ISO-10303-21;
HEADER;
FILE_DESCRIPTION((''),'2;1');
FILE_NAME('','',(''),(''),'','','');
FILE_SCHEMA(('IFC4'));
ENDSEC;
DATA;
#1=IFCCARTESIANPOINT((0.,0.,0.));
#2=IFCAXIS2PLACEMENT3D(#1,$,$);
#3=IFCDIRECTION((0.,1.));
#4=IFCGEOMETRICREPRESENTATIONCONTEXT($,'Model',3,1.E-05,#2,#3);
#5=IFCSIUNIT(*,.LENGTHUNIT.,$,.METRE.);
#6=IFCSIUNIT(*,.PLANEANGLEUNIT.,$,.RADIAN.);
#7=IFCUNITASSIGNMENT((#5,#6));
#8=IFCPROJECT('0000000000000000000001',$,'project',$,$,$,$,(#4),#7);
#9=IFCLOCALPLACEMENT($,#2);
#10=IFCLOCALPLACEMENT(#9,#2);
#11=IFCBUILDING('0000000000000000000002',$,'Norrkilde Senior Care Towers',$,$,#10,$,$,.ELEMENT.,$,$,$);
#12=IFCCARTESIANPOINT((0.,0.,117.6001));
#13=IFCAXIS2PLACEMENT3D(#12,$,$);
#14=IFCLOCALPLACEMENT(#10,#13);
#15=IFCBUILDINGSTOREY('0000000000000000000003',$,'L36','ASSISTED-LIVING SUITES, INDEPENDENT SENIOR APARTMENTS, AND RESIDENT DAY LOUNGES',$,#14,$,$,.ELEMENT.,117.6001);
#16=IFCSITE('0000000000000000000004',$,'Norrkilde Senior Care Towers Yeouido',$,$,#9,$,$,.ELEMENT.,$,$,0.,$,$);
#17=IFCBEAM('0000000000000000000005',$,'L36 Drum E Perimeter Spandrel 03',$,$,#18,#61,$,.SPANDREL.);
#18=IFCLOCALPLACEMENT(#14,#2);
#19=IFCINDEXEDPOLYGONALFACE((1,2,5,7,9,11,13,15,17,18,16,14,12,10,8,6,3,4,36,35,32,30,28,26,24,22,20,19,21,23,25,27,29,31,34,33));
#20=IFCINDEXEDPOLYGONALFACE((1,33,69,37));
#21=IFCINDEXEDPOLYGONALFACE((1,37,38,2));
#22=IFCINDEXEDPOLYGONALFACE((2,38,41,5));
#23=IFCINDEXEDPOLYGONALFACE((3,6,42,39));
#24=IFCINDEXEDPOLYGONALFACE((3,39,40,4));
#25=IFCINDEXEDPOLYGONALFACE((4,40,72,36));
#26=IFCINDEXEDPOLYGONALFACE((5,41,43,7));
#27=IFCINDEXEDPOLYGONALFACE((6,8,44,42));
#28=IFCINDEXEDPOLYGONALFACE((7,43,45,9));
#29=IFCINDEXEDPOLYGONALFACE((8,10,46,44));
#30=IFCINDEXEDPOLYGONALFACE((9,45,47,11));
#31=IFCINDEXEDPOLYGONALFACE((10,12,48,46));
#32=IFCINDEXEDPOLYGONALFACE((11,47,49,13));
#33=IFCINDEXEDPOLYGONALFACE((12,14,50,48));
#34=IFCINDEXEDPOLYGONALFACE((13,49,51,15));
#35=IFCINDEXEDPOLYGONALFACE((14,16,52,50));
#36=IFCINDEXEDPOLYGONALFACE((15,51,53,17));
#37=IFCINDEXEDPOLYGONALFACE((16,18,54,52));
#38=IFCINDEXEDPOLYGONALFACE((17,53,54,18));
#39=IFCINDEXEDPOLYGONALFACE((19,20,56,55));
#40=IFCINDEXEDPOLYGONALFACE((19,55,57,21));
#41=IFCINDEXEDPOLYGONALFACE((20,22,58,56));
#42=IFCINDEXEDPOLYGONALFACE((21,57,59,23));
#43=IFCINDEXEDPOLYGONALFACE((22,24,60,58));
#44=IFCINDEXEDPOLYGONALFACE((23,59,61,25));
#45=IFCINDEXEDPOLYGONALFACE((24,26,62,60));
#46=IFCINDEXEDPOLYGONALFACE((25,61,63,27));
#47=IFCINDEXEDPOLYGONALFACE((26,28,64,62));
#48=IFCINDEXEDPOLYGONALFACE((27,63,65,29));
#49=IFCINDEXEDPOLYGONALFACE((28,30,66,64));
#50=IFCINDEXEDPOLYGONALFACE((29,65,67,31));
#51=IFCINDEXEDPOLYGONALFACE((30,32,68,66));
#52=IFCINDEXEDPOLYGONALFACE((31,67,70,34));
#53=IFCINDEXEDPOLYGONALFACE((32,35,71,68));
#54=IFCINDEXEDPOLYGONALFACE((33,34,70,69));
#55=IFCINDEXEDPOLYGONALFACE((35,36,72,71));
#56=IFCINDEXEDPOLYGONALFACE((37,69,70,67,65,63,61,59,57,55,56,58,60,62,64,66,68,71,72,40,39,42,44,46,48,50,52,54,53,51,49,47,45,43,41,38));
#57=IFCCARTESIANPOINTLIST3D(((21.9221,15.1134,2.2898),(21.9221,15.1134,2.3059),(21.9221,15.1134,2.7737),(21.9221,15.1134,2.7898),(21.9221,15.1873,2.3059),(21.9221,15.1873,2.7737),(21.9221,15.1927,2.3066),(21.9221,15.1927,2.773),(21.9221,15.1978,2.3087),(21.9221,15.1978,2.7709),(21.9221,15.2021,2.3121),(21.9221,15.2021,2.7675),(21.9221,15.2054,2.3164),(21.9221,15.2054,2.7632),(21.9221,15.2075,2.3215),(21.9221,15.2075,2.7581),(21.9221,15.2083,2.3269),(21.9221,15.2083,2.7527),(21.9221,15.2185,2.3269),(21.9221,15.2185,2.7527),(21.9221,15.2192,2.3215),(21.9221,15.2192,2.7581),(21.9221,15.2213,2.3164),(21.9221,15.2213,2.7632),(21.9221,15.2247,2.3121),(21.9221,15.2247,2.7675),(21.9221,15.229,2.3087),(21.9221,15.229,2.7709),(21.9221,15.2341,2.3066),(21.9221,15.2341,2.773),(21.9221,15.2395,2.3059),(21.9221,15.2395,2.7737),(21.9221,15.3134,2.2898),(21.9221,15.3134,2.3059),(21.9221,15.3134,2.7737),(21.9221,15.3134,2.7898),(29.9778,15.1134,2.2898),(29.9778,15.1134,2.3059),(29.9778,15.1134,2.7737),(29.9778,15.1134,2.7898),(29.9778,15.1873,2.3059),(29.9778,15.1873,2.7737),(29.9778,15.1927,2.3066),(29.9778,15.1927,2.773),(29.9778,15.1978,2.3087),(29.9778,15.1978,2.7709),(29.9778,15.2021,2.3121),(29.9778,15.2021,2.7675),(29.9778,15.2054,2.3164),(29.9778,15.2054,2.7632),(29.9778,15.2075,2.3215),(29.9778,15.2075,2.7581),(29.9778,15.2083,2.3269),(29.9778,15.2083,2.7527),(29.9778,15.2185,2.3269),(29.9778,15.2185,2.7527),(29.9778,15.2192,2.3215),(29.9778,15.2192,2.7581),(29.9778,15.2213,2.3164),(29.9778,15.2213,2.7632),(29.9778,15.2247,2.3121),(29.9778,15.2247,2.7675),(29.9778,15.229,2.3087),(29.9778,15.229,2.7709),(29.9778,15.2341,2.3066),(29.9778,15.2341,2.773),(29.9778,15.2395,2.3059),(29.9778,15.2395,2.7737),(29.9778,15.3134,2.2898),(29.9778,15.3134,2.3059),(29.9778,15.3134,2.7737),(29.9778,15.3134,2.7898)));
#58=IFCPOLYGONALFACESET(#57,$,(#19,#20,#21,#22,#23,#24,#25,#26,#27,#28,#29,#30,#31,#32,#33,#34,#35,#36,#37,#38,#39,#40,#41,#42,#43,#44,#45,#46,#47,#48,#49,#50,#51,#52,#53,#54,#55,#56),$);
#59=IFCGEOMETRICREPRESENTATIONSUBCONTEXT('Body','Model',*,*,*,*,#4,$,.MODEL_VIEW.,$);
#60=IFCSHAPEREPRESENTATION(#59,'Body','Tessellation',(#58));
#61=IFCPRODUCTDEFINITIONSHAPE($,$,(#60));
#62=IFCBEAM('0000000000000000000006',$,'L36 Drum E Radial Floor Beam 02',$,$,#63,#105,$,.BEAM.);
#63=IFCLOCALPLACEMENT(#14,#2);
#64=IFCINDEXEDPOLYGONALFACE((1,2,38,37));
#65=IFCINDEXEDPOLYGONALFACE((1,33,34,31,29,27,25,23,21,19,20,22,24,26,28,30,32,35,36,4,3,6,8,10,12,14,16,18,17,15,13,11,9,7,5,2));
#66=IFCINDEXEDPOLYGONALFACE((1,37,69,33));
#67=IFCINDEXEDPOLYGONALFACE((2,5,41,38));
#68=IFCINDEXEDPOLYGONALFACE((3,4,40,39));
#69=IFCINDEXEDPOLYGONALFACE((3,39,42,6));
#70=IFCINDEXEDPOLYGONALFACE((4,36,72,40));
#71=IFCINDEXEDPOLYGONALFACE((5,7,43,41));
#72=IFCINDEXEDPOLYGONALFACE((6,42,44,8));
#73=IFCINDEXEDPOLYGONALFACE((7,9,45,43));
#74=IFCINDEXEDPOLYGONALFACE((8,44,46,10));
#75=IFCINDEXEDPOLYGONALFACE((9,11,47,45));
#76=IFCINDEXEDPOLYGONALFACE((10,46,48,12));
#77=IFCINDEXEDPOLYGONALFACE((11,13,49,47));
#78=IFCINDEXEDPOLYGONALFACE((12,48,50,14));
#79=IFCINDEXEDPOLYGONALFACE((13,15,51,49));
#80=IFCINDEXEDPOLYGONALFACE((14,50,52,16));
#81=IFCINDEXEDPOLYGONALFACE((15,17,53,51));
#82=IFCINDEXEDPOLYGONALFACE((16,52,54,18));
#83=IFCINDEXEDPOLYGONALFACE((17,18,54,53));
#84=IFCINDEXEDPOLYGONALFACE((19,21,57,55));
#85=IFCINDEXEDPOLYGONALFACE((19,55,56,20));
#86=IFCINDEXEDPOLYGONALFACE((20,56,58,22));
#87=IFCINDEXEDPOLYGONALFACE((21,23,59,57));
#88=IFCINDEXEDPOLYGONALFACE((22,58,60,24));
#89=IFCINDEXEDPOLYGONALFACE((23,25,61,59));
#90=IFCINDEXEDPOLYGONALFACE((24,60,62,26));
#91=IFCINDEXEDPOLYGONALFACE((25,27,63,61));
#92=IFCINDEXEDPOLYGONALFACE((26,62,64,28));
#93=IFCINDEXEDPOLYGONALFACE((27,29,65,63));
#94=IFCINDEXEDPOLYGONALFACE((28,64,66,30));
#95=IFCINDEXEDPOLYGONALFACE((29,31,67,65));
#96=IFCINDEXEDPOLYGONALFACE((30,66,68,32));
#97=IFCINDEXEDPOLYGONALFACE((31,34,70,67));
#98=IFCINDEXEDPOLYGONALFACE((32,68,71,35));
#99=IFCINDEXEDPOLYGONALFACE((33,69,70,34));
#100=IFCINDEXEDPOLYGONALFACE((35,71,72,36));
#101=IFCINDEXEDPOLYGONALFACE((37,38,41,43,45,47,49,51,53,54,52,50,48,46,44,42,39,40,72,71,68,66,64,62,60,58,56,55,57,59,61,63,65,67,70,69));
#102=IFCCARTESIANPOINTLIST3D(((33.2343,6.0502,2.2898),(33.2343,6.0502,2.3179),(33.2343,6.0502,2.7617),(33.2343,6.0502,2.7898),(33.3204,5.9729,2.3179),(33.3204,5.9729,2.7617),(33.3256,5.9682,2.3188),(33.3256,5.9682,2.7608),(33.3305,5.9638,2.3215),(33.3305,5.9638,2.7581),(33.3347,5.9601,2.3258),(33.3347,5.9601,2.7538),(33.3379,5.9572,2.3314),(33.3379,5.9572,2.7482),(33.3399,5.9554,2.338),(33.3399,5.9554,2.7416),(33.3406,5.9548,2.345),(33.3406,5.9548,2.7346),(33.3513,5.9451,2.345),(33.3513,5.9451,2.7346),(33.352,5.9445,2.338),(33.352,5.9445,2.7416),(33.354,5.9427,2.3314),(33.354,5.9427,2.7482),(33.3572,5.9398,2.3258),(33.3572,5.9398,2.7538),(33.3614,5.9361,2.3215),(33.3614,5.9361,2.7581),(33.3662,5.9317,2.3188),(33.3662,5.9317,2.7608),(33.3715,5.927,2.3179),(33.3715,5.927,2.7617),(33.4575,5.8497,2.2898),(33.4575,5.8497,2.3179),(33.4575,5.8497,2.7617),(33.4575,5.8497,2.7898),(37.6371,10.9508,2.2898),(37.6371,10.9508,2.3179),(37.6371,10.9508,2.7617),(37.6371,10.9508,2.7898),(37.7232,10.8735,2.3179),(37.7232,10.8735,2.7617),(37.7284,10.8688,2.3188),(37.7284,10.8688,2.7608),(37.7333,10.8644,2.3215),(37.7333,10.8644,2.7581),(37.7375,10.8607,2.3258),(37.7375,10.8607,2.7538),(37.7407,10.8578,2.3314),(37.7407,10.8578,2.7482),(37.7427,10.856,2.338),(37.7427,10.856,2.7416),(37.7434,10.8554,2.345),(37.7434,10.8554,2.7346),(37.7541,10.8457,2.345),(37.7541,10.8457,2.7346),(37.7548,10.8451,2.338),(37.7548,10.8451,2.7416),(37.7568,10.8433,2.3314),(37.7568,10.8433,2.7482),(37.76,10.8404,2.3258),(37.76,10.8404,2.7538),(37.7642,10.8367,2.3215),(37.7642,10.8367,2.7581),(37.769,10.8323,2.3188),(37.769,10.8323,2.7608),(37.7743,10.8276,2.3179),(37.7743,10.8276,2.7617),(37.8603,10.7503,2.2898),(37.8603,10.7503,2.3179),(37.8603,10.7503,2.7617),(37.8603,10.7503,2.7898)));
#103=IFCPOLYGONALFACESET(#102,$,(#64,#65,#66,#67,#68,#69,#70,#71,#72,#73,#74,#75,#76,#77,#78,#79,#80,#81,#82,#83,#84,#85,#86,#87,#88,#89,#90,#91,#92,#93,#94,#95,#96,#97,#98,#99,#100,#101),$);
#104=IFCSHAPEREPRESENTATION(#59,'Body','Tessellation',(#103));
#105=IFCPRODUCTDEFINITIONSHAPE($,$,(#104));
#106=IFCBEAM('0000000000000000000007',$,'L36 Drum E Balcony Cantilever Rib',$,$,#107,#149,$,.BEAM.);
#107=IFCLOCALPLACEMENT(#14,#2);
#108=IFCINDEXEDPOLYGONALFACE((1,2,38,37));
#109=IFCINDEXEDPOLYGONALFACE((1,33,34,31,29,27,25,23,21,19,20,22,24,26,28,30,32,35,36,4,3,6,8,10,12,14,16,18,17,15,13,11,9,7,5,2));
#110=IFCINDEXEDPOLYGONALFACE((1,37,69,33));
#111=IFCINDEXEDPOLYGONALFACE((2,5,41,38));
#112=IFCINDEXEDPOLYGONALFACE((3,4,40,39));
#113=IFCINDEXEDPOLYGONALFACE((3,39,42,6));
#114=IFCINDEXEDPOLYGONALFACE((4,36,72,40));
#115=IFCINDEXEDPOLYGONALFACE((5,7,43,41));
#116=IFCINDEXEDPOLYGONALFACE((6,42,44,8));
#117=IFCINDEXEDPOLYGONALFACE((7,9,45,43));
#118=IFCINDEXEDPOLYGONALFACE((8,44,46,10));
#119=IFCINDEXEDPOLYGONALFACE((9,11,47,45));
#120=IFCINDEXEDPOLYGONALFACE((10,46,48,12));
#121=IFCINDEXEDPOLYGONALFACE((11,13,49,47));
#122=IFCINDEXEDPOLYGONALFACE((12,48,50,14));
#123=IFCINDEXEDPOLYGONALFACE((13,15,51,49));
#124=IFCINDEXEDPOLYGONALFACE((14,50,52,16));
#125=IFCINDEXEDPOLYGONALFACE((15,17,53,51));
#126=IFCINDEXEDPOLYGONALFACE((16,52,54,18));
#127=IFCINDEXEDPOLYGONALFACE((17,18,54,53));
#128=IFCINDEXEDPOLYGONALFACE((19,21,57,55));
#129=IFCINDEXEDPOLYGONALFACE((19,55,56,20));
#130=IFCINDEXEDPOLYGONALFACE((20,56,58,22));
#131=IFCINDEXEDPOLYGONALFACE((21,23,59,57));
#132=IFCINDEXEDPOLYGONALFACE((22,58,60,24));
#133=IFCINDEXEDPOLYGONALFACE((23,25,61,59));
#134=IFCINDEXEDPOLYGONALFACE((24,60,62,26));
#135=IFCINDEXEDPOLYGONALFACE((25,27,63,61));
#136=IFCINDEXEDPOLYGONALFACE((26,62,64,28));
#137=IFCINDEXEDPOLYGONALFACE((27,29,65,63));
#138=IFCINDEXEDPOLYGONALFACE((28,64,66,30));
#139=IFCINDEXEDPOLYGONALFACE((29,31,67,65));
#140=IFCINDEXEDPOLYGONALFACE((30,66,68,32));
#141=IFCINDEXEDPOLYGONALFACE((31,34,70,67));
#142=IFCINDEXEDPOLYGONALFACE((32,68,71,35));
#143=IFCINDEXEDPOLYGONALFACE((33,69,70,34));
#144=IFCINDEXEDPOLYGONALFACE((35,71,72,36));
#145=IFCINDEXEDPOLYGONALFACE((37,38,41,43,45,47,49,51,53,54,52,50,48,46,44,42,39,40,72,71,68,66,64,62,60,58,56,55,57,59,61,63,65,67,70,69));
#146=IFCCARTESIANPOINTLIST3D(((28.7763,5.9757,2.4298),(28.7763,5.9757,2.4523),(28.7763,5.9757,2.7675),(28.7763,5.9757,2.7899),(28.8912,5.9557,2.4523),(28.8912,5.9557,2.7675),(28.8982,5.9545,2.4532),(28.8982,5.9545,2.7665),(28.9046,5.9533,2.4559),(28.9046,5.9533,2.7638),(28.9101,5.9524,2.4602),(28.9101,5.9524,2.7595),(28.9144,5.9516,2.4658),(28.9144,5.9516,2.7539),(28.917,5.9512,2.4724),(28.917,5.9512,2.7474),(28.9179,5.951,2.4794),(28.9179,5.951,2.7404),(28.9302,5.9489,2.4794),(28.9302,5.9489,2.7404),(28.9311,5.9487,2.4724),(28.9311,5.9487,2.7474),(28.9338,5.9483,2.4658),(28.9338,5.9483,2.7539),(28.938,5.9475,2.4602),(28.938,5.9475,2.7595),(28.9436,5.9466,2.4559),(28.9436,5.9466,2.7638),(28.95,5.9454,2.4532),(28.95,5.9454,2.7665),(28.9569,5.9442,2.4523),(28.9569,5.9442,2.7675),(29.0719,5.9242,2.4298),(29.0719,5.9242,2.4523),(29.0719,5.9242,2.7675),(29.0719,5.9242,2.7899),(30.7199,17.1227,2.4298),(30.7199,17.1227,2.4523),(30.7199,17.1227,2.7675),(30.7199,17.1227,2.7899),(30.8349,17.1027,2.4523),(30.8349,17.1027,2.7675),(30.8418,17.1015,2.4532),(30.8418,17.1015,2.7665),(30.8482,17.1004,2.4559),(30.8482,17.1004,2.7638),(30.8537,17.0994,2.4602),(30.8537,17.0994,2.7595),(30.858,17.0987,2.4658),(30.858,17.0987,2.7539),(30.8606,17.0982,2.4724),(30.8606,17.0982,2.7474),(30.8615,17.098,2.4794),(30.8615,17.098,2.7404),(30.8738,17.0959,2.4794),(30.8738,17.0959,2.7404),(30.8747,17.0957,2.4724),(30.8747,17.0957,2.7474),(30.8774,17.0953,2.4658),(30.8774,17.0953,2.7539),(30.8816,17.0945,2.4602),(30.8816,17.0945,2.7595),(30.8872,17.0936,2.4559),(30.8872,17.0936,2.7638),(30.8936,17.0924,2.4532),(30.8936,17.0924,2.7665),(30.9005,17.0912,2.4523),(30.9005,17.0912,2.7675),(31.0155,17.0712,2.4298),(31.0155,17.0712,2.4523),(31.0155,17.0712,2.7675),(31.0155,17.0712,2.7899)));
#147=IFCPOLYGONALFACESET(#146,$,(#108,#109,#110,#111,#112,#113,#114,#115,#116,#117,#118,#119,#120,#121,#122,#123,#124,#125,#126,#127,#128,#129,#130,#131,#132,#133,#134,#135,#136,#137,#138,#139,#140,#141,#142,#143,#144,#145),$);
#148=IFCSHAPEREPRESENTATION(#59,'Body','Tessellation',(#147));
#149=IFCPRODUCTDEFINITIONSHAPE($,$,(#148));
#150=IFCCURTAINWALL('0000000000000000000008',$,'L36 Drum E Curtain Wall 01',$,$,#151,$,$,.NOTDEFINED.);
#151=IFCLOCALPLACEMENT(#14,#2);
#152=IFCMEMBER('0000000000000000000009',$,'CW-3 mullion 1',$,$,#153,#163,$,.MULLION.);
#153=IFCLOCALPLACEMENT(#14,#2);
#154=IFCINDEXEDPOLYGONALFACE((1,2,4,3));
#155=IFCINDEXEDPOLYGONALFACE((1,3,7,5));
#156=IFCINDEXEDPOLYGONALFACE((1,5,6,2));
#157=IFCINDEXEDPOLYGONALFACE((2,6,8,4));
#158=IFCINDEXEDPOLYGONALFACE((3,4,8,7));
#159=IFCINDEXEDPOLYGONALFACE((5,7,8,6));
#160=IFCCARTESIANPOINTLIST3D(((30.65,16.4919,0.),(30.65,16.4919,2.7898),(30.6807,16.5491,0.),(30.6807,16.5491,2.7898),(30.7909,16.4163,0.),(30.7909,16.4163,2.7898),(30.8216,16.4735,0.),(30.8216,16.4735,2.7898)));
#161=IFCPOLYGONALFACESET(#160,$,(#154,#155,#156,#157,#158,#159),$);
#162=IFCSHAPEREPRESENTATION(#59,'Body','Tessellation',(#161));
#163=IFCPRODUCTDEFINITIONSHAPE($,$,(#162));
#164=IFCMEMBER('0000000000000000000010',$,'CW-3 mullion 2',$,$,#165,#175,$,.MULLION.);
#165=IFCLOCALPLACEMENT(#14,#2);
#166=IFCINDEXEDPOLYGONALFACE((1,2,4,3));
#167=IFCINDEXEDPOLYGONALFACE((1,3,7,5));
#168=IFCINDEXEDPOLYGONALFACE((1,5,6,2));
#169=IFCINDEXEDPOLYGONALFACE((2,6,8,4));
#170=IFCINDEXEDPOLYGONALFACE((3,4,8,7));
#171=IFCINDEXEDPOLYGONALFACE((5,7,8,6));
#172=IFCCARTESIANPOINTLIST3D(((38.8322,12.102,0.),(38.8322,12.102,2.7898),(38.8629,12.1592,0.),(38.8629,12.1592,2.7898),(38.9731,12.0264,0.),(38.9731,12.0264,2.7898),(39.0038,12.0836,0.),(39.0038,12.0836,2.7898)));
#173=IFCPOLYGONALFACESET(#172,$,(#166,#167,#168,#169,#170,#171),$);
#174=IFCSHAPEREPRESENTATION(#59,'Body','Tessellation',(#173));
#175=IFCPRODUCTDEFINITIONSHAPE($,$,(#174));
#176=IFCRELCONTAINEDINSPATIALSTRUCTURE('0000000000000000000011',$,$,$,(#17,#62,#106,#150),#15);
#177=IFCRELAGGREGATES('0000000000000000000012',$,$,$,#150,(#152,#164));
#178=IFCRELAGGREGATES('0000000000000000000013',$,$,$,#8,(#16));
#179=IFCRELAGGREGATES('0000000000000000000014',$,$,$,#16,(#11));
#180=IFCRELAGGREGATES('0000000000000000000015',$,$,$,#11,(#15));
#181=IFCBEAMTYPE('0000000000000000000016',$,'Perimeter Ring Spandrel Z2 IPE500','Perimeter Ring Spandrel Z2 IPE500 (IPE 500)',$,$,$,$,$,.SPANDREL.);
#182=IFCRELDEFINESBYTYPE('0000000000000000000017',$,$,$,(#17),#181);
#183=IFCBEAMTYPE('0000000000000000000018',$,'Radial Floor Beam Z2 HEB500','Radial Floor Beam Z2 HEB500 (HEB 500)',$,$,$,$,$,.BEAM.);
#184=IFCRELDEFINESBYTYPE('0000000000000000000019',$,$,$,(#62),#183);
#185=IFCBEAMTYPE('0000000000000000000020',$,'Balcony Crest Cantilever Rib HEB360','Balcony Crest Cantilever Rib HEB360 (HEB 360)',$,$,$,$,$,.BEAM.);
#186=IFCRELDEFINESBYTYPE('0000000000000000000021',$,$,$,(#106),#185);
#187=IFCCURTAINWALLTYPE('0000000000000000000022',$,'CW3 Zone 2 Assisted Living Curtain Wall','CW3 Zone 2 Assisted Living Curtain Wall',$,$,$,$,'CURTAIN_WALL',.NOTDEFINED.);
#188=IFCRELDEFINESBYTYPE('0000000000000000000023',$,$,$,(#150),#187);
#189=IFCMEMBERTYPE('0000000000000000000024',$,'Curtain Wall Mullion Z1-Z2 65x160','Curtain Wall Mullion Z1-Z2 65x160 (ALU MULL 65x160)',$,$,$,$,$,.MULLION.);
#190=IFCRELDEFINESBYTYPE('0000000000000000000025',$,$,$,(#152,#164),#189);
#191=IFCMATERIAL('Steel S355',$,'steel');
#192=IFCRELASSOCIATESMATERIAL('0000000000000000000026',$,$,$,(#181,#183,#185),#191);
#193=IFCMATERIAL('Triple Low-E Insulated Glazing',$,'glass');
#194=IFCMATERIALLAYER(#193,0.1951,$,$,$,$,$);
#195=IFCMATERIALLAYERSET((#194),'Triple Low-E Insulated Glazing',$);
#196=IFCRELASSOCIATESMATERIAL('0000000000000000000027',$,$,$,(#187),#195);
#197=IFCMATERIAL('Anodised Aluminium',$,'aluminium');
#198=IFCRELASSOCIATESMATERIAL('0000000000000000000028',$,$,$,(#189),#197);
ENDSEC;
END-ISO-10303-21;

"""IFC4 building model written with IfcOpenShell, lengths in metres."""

from ifc_helpers import new_model, si_unit, direction, frame, origin, origin_2d, place, context, subcontext, project, spatial, rectangle, i_section, extrude, source, transform, mapped, material, layer, layer_set, material_profile, profile_set, type_object, type_shapes, element, aggregate, save


model = new_model("IFC4")

# Units and contexts
model_context = context("Model", 3, precision=1e-05, world=origin(), true_north=direction((0.0, 1.0)))
body_context = subcontext(model_context, "Body", "Model", "MODEL_VIEW")
ifc_project = project(units=[si_unit("LENGTHUNIT", "METRE"), si_unit("PLANEANGLEUNIT", "RADIAN")], contexts=[model_context])

# Site, building, storey
site_placement = place(None, origin())
site = spatial("IfcSite", under=ifc_project, at=site_placement, Name="Norrkilde Senior Care Towers Yeouido", CompositionType="ELEMENT", RefElevation=0.0)
building_placement = place(site_placement, origin())
building = spatial("IfcBuilding", under=site, at=building_placement, Name="Norrkilde Senior Care Towers", CompositionType="ELEMENT")
storey_placement = place(building_placement, frame((0.0, 0.0, 117.6001)))
storey = spatial("IfcBuildingStorey", under=building, at=storey_placement, Name="L36", Description="ASSISTED-LIVING SUITES, INDEPENDENT SENIOR APARTMENTS, AND RESIDENT DAY LOUNGES", CompositionType="ELEMENT", Elevation=117.6001)

# Beams
ifc_material_1 = material(Name="Steel S355", Category="steel")
ifc_material_profile_1 = material_profile(ifc_material_1, i_section(OverallWidth=0.2, OverallDepth=0.5, WebThickness=0.0103, FlangeThickness=0.0161, FilletRadius=0.021, at=origin_2d()), Name="IPE 500")
ifc_profile_set_1 = profile_set([ifc_material_profile_1], Name="Steel S355")
beam_type_1 = type_object("IfcBeamType", Name="Perimeter Ring Spandrel Z2 IPE500", Description="Perimeter Ring Spandrel Z2 IPE500 (IPE 500)", PredefinedType="SPANDREL", material=ifc_profile_set_1)
shared_shape_1 = source(origin(), body_context, "Body", "SweptSolid", [
    extrude(i_section(OverallWidth=0.2, OverallDepth=0.5, WebThickness=0.0103, FlangeThickness=0.0161, FilletRadius=0.021, at=origin_2d()), origin(), (0.0, 0.0, 1.0), 8.0557),
])
beam_1_placement = place(storey_placement, frame((29.9778, 15.2134, 2.5398), z_axis=(-1.0, 0.0, 0.0), x_axis=(0.0, -1.0, 0.0)))
element("IfcBeam", 1, at=beam_1_placement, inside=storey, type_object=beam_type_1, Name="L36 Drum E Perimeter Spandrel 03", PredefinedType="SPANDREL", context=body_context, shape_type="MappedRepresentation", body=[
    mapped(shared_shape_1, transform((0.0, 0.0, 0.0), x_axis=(1.0, 0.0, 0.0), y_axis=(0.0, 1.0, 0.0), z_axis=(0.0, 0.0, 1.0), scale=1.0)),
])
ifc_material_profile_2 = material_profile(ifc_material_1, i_section(OverallWidth=0.3, OverallDepth=0.5, WebThickness=0.0144, FlangeThickness=0.0281, FilletRadius=0.0271, at=origin_2d()), Name="HEB 500")
ifc_profile_set_2 = profile_set([ifc_material_profile_2], Name="Steel S355")
beam_type_2 = type_object("IfcBeamType", Name="Radial Floor Beam Z2 HEB500", Description="Radial Floor Beam Z2 HEB500 (HEB 500)", PredefinedType="BEAM", material=ifc_profile_set_2)
shared_shape_2 = source(origin(), body_context, "Body", "SweptSolid", [
    extrude(i_section(OverallWidth=0.3, OverallDepth=0.5, WebThickness=0.0144, FlangeThickness=0.0281, FilletRadius=0.0271, at=origin_2d()), origin(), (0.0, 0.0, 1.0), 6.5879),
])
type_shapes(beam_type_2, [shared_shape_2])
beam_2_placement = place(storey_placement, frame((33.3459, 5.95, 2.5398), z_axis=(0.668315, 0.743878, 0.0), x_axis=(-0.743878, 0.668315, 0.0)))
element("IfcBeam", 2, at=beam_2_placement, inside=storey, type_object=beam_type_2, Name="L36 Drum E Radial Floor Beam 02", PredefinedType="BEAM", context=body_context, shape_type="MappedRepresentation", body=[
    mapped(shared_shape_2, transform((0.0, 0.0, 0.0), x_axis=(1.0, 0.0, 0.0), y_axis=(0.0, 1.0, 0.0), z_axis=(0.0, 0.0, 1.0), scale=1.0)),
])
ifc_material_profile_3 = material_profile(ifc_material_1, i_section(OverallWidth=0.3, OverallDepth=0.3601, WebThickness=0.0125, FlangeThickness=0.0225, FilletRadius=0.0271, at=origin_2d()), Name="HEB 360")
ifc_profile_set_3 = profile_set([ifc_material_profile_3], Name="Steel S355")
beam_type_3 = type_object("IfcBeamType", Name="Balcony Crest Cantilever Rib HEB360", Description="Balcony Crest Cantilever Rib HEB360 (HEB 360)", PredefinedType="BEAM", material=ifc_profile_set_3)
shared_shape_3 = source(origin(), body_context, "Body", "SweptSolid", [
    extrude(i_section(OverallWidth=0.3, OverallDepth=0.3601, WebThickness=0.0125, FlangeThickness=0.0225, FilletRadius=0.0271, at=origin_2d()), origin(), (0.0, 0.0, 1.0), 11.3152),
])
type_shapes(beam_type_3, [shared_shape_3])
beam_3_placement = place(storey_placement, frame((28.9241, 5.95, 2.6099), z_axis=(0.17177, 0.985137, 0.0), x_axis=(-0.985137, 0.17177, 0.0)))
element("IfcBeam", 3, at=beam_3_placement, inside=storey, type_object=beam_type_3, Name="L36 Drum E Balcony Cantilever Rib", PredefinedType="BEAM", context=body_context, shape_type="MappedRepresentation", body=[
    mapped(shared_shape_3, transform((0.0, 0.0, 0.0), x_axis=(1.0, 0.0, 0.0), y_axis=(0.0, 1.0, 0.0), z_axis=(0.0, 0.0, 1.0), scale=1.0)),
])

# Curtain wall, members
ifc_material_2 = material(Name="Triple Low-E Insulated Glazing", Category="glass")
ifc_layer_1 = layer(ifc_material_2, 0.1951)
ifc_layer_set_1 = layer_set([ifc_layer_1], Name="Triple Low-E Insulated Glazing")
curtain_wall_type = type_object("IfcCurtainWallType", Name="CW3 Zone 2 Assisted Living Curtain Wall", Description="CW3 Zone 2 Assisted Living Curtain Wall", ElementType="CURTAIN_WALL", PredefinedType="NOTDEFINED", material=ifc_layer_set_1)
curtain_wall_1_placement = place(storey_placement, origin())
curtain_wall_1 = element("IfcCurtainWall", 4, at=curtain_wall_1_placement, inside=storey, type_object=curtain_wall_type, Name="L36 Drum E Curtain Wall 01", PredefinedType="NOTDEFINED")
ifc_material_3 = material(Name="Anodised Aluminium", Category="aluminium")
ifc_material_profile_4 = material_profile(ifc_material_3, rectangle(XDim=0.0649, YDim=0.1599, at=origin_2d()), Name="ALU MULL 65x160")
ifc_profile_set_4 = profile_set([ifc_material_profile_4], Name="Anodised Aluminium")
member_type_1 = type_object("IfcMemberType", Name="Curtain Wall Mullion Z1-Z2 65x160", Description="Curtain Wall Mullion Z1-Z2 65x160 (ALU MULL 65x160)", PredefinedType="MULLION", material=ifc_profile_set_4)
shared_shape_4 = source(origin(), body_context, "Body", "SweptSolid", [
    extrude(rectangle(XDim=0.0649, YDim=0.1599, at=origin_2d()), origin(), (0.0, 0.0, 1.0), 2.7898),
])
type_shapes(member_type_1, [shared_shape_4])
member_1_placement = place(storey_placement, frame((30.7358, 16.4827, 0.0), z_axis=(0.0, 0.0, 1.0), x_axis=(0.472769, 0.881186, 0.0)))
member_1 = element("IfcMember", 5, at=member_1_placement, type_object=member_type_1, Name="CW-3 mullion 1", PredefinedType="MULLION", context=body_context, shape_type="MappedRepresentation", body=[
    mapped(shared_shape_4, transform((0.0, 0.0, 0.0), x_axis=(1.0, 0.0, 0.0), y_axis=(0.0, 1.0, 0.0), z_axis=(0.0, 0.0, 1.0), scale=1.0)),
])
member_2_placement = place(storey_placement, frame((38.918, 12.0928, 0.0), z_axis=(0.0, 0.0, 1.0), x_axis=(0.472769, 0.881186, 0.0)))
member_2 = element("IfcMember", 6, at=member_2_placement, type_object=member_type_1, Name="CW-3 mullion 2", PredefinedType="MULLION", context=body_context, shape_type="MappedRepresentation", body=[
    mapped(shared_shape_4, transform((0.0, 0.0, 0.0), x_axis=(1.0, 0.0, 0.0), y_axis=(0.0, 1.0, 0.0), z_axis=(0.0, 0.0, 1.0), scale=1.0)),
])

aggregate(curtain_wall_1, [member_1, member_2])

save(model, "model.ifc")
